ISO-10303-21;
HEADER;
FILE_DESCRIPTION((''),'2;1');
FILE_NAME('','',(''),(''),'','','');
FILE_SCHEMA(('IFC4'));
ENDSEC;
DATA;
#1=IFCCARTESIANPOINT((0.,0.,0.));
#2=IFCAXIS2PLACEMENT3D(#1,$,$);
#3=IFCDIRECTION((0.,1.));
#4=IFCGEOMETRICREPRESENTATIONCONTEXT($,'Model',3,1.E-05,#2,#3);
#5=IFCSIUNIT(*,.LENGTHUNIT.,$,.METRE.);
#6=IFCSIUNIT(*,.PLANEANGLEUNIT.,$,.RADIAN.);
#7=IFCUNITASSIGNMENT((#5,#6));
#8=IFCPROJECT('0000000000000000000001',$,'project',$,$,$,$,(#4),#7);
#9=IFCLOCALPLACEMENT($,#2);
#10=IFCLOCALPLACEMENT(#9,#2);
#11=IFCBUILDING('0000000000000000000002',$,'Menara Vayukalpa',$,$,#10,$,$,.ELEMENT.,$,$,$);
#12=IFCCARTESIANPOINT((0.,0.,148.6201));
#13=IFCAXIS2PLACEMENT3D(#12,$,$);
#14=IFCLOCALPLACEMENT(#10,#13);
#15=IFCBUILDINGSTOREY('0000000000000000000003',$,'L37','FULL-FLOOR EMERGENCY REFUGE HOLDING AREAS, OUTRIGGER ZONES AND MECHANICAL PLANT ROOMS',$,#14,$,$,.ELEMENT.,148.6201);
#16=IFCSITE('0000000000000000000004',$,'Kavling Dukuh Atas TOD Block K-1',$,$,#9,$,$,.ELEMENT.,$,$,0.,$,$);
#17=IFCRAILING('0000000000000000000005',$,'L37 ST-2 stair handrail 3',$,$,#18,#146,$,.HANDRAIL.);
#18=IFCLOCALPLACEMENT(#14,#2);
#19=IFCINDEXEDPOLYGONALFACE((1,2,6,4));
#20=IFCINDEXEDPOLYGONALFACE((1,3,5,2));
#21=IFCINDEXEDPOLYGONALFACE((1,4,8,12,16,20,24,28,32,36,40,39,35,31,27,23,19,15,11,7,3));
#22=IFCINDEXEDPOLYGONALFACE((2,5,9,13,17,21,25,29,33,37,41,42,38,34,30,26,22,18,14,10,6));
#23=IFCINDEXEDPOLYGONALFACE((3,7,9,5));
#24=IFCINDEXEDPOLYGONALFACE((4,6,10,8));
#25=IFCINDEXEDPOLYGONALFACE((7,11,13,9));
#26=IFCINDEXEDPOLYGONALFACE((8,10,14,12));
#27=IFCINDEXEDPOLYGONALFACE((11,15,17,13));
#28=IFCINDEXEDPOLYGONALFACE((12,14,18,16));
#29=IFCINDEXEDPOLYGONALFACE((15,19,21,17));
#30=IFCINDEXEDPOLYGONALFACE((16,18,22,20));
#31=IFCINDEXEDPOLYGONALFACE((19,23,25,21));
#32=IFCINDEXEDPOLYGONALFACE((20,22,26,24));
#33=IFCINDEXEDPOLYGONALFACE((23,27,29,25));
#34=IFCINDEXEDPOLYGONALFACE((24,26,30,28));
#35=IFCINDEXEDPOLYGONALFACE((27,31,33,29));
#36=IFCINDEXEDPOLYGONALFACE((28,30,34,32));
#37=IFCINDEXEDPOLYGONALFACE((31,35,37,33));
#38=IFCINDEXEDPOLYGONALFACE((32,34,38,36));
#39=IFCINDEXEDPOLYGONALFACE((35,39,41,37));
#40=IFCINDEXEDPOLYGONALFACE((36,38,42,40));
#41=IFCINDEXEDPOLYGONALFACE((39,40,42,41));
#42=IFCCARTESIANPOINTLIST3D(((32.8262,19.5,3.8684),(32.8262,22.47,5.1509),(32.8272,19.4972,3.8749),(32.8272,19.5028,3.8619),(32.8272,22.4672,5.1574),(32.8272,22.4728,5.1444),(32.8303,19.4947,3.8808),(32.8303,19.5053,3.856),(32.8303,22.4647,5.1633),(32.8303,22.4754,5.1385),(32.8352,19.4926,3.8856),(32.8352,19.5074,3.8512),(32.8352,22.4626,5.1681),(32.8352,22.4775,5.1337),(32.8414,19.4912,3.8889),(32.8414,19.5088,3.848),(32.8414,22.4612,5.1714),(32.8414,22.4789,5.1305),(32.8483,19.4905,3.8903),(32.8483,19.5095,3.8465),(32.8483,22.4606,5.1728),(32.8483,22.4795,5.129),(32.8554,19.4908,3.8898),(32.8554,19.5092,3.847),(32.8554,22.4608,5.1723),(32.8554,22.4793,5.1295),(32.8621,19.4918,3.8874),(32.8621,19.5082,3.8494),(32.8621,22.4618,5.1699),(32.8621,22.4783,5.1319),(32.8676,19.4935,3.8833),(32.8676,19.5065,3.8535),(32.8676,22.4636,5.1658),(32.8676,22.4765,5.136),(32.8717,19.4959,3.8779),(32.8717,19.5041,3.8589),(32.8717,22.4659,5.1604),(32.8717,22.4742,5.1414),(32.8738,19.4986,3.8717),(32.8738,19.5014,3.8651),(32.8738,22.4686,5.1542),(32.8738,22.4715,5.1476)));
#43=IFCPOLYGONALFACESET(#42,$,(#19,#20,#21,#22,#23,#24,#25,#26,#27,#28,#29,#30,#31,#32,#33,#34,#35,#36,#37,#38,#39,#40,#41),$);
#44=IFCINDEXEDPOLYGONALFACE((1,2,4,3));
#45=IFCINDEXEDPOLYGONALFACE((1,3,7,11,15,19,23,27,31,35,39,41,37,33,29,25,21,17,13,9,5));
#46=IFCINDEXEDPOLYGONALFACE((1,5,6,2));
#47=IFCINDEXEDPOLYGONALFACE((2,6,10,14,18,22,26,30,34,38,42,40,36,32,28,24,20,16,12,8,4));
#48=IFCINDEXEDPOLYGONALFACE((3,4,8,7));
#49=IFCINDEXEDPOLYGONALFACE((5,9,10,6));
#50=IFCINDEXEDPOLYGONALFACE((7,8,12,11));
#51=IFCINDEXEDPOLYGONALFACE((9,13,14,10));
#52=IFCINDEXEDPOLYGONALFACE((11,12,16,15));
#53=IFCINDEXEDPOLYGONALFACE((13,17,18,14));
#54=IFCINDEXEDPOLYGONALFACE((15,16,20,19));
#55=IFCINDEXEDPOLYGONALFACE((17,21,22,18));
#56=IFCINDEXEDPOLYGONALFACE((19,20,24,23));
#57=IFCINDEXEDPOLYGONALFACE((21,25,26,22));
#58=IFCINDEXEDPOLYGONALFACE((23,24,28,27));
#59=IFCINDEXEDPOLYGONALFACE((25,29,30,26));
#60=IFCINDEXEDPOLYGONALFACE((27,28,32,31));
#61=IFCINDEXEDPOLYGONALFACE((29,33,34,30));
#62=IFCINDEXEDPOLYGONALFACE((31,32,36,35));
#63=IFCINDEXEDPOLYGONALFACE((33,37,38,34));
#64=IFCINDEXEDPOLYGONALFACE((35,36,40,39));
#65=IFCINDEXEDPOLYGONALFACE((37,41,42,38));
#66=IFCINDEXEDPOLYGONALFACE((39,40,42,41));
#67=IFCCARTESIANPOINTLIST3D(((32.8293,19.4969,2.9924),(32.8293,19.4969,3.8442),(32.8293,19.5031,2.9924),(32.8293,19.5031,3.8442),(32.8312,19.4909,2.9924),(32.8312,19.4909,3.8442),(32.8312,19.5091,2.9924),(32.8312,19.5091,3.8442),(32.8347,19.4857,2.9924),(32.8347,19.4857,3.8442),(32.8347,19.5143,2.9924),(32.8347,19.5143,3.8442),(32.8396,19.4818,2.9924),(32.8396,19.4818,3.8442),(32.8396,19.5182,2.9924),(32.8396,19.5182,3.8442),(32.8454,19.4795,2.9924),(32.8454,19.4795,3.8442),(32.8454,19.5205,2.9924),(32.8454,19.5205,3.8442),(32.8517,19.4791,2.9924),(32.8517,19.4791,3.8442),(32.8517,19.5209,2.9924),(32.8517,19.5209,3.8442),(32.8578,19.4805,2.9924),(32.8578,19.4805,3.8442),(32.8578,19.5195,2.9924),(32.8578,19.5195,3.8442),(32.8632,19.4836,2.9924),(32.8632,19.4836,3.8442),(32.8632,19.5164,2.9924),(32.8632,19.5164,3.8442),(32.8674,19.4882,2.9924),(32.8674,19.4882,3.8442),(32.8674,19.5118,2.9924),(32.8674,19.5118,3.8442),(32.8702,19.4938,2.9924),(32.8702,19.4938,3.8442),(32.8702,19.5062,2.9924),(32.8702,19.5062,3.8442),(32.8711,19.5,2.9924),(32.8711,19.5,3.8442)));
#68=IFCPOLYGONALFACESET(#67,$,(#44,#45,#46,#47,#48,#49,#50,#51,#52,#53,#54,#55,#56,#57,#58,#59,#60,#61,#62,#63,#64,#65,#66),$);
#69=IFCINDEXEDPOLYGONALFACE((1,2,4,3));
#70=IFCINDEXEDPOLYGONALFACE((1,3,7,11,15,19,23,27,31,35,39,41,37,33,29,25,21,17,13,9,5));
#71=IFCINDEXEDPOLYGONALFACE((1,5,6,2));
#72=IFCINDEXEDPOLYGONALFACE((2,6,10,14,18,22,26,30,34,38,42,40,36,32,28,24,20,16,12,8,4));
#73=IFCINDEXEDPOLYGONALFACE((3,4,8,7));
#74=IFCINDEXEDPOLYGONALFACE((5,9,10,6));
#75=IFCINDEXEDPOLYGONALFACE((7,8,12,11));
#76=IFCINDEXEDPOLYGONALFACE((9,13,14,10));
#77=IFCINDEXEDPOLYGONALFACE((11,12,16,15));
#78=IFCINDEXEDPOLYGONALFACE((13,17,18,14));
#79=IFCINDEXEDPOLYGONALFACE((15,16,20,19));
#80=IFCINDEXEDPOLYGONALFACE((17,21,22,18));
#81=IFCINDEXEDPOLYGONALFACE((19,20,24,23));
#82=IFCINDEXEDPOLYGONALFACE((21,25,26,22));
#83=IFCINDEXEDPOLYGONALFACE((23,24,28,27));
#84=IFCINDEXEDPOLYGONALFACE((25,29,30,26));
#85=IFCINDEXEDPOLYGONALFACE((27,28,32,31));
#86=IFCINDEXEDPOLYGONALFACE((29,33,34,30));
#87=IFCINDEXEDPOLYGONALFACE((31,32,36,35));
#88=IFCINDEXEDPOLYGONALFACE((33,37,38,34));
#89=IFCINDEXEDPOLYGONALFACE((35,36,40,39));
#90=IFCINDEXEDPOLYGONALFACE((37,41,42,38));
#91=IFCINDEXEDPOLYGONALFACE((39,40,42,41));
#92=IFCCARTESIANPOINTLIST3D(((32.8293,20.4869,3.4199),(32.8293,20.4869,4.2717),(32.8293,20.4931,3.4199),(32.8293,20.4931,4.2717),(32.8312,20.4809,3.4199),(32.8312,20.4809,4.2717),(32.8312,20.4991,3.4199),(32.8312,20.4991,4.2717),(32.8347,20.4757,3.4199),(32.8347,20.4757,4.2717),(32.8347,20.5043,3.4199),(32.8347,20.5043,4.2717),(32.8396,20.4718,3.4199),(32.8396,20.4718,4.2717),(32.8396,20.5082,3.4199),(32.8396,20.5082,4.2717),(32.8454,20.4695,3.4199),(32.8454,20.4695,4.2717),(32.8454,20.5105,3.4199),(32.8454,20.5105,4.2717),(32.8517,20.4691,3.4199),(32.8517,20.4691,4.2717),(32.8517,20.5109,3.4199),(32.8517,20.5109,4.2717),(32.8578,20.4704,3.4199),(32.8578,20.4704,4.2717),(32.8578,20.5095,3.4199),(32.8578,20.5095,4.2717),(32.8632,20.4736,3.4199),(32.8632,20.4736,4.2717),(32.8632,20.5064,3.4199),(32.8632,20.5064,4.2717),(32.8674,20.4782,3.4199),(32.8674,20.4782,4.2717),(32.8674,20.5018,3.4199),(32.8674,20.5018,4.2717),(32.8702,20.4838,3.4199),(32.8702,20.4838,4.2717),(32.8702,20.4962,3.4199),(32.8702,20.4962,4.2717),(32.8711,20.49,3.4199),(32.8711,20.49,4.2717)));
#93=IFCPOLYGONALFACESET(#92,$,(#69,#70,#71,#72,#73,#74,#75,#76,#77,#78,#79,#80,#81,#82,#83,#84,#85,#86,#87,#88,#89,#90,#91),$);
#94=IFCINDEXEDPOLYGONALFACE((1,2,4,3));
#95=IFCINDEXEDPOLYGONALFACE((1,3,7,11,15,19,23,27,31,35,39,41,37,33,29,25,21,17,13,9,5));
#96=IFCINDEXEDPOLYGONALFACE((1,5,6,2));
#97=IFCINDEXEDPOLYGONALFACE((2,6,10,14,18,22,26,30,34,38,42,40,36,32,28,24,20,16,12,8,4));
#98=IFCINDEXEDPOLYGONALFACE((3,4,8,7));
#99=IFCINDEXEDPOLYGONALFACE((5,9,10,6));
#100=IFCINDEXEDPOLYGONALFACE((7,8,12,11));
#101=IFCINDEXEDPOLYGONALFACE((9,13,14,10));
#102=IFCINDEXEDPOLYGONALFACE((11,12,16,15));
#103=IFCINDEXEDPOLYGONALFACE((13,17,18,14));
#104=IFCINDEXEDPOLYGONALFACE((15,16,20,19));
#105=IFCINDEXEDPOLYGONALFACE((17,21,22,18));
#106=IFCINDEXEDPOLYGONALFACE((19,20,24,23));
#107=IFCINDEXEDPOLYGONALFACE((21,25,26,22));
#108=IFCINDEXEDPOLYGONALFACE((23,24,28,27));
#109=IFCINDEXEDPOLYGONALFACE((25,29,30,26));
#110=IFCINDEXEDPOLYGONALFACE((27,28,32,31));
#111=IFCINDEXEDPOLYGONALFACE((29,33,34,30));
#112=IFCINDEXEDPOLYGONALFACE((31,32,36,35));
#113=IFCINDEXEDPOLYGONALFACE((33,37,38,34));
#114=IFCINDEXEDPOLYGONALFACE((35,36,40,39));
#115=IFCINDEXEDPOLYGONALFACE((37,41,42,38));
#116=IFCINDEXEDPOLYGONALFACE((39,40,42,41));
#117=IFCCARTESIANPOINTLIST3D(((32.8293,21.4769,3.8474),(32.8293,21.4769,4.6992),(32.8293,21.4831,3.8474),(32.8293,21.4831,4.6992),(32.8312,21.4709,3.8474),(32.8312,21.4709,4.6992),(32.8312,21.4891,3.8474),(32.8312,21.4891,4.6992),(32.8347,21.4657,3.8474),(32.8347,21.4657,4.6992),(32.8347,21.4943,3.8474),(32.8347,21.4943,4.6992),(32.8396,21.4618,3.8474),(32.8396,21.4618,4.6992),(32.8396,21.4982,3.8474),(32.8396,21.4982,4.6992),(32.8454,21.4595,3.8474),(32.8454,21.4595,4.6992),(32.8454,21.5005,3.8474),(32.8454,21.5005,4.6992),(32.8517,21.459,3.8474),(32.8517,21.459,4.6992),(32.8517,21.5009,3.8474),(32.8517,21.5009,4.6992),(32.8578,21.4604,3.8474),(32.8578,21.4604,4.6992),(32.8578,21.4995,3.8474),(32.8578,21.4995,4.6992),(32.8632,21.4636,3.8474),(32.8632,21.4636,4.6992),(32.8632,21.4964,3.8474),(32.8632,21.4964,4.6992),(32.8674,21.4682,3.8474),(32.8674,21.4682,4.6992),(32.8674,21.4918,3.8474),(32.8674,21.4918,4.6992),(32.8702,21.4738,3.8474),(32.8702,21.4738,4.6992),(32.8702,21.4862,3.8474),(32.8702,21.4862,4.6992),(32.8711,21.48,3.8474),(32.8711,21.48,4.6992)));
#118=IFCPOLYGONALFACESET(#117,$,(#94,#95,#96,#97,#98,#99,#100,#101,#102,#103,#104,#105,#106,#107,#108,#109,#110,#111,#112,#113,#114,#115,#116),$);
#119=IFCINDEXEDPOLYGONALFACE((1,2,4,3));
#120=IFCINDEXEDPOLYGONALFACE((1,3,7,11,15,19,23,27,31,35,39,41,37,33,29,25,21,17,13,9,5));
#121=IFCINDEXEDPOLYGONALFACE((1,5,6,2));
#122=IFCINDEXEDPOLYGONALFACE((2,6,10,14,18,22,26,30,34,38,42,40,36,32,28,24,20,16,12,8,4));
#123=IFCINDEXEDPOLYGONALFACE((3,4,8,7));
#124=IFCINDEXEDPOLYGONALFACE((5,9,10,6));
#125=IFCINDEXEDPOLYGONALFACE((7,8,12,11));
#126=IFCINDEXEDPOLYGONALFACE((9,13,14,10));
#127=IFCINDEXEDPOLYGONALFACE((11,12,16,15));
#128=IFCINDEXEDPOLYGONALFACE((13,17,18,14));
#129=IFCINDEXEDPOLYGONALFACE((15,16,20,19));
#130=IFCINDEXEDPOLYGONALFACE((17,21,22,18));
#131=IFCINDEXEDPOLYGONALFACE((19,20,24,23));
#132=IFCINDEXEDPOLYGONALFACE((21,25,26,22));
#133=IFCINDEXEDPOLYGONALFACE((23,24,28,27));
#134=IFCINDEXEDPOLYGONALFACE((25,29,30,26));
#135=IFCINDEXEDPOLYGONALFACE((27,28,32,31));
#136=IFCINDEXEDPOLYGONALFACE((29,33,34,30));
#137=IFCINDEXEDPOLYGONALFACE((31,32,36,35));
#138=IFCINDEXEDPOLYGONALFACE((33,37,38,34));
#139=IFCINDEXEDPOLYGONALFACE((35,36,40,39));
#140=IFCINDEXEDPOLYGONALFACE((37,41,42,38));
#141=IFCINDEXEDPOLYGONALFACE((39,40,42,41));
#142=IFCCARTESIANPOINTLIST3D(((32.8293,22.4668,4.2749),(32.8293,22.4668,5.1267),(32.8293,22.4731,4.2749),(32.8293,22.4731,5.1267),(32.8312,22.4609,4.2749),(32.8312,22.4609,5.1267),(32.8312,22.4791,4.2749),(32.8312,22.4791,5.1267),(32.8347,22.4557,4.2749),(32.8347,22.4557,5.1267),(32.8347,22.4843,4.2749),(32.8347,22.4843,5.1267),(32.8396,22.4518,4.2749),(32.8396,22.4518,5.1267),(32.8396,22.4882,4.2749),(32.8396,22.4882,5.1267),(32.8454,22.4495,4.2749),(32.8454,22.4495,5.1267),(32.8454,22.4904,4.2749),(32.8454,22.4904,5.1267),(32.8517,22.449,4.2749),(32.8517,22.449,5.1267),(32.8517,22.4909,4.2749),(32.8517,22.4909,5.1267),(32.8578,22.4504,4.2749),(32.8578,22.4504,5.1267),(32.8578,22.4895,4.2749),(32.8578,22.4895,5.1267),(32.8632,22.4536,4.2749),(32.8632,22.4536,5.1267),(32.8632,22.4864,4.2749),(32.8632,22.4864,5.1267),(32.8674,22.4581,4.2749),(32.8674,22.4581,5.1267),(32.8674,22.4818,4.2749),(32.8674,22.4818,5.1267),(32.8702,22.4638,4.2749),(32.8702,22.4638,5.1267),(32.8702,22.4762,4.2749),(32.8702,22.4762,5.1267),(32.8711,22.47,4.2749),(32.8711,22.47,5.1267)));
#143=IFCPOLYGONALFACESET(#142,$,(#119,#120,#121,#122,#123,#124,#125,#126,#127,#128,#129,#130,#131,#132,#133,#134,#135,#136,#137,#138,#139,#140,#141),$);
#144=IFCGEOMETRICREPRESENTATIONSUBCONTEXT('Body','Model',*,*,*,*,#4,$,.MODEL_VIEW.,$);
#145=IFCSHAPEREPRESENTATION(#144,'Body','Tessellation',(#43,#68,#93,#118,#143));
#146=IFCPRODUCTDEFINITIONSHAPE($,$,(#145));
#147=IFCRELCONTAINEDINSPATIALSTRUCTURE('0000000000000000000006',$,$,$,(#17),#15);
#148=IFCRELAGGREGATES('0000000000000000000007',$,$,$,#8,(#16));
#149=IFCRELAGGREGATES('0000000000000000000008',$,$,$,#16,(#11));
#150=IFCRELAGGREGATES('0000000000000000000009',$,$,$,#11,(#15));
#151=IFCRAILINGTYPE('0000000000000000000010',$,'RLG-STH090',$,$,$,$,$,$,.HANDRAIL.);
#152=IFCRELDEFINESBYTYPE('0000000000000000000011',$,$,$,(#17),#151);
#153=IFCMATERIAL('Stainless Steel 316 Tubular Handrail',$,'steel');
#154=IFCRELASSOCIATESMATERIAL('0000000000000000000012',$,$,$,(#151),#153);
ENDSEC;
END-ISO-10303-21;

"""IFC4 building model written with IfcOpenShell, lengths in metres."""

from ifc_helpers import new_model, si_unit, direction, frame, origin, origin_2d, place, context, subcontext, project, spatial, circle, extrude, material, type_object, element, save


model = new_model("IFC4")

# Units and contexts
model_context = context("Model", 3, precision=1e-05, world=origin(), true_north=direction((0.0, 1.0)))
body_context = subcontext(model_context, "Body", "Model", "MODEL_VIEW")
ifc_project = project(units=[si_unit("LENGTHUNIT", "METRE"), si_unit("PLANEANGLEUNIT", "RADIAN")], contexts=[model_context])

# Site, building, storey
site_placement = place(None, origin())
site = spatial("IfcSite", under=ifc_project, at=site_placement, Name="Kavling Dukuh Atas TOD Block K-1", CompositionType="ELEMENT", RefElevation=0.0)
building_placement = place(site_placement, origin())
building = spatial("IfcBuilding", under=site, at=building_placement, Name="Menara Vayukalpa", CompositionType="ELEMENT")
storey_placement = place(building_placement, frame((0.0, 0.0, 148.6201)))
storey = spatial("IfcBuildingStorey", under=building, at=storey_placement, Name="L37", Description="FULL-FLOOR EMERGENCY REFUGE HOLDING AREAS, OUTRIGGER ZONES AND MECHANICAL PLANT ROOMS", CompositionType="ELEMENT", Elevation=148.6201)

# Railing
ifc_material_1 = material(Name="Stainless Steel 316 Tubular Handrail", Category="steel")
railing_type_1 = type_object("IfcRailingType", Name="RLG-STH090", PredefinedType="HANDRAIL", material=ifc_material_1)
for number, where, name in (
    (1, (32.8501, 19.5, 2.9924), "L37 ST-2 stair handrail 3"),
):
    element("IfcRailing", number, at=place(storey_placement, frame(where)), inside=storey, type_object=railing_type_1, Name=name, PredefinedType="HANDRAIL", context=body_context, shape_type="SweptSolid", body=[
        extrude(circle(Radius=0.0239, at=origin_2d()), frame((0.0, 0.0, 0.876), z_axis=(0.0, 0.918064, 0.396432), x_axis=(-1.0, 0.0, 0.0)), (0.0, 0.0, 1.0), 3.2351),
        extrude(circle(Radius=0.021, at=origin_2d()), origin(), (0.0, 0.0, 1.0), 0.8518),
        extrude(circle(Radius=0.021, at=origin_2d()), frame((0.0, 0.99, 0.4275)), (0.0, 0.0, 1.0), 0.8518),
        extrude(circle(Radius=0.021, at=origin_2d()), frame((0.0, 1.98, 0.855)), (0.0, 0.0, 1.0), 0.8518),
        extrude(circle(Radius=0.021, at=origin_2d()), frame((0.0, 2.97, 1.2825)), (0.0, 0.0, 1.0), 0.8518),
    ])

save(model, "model.ifc")
